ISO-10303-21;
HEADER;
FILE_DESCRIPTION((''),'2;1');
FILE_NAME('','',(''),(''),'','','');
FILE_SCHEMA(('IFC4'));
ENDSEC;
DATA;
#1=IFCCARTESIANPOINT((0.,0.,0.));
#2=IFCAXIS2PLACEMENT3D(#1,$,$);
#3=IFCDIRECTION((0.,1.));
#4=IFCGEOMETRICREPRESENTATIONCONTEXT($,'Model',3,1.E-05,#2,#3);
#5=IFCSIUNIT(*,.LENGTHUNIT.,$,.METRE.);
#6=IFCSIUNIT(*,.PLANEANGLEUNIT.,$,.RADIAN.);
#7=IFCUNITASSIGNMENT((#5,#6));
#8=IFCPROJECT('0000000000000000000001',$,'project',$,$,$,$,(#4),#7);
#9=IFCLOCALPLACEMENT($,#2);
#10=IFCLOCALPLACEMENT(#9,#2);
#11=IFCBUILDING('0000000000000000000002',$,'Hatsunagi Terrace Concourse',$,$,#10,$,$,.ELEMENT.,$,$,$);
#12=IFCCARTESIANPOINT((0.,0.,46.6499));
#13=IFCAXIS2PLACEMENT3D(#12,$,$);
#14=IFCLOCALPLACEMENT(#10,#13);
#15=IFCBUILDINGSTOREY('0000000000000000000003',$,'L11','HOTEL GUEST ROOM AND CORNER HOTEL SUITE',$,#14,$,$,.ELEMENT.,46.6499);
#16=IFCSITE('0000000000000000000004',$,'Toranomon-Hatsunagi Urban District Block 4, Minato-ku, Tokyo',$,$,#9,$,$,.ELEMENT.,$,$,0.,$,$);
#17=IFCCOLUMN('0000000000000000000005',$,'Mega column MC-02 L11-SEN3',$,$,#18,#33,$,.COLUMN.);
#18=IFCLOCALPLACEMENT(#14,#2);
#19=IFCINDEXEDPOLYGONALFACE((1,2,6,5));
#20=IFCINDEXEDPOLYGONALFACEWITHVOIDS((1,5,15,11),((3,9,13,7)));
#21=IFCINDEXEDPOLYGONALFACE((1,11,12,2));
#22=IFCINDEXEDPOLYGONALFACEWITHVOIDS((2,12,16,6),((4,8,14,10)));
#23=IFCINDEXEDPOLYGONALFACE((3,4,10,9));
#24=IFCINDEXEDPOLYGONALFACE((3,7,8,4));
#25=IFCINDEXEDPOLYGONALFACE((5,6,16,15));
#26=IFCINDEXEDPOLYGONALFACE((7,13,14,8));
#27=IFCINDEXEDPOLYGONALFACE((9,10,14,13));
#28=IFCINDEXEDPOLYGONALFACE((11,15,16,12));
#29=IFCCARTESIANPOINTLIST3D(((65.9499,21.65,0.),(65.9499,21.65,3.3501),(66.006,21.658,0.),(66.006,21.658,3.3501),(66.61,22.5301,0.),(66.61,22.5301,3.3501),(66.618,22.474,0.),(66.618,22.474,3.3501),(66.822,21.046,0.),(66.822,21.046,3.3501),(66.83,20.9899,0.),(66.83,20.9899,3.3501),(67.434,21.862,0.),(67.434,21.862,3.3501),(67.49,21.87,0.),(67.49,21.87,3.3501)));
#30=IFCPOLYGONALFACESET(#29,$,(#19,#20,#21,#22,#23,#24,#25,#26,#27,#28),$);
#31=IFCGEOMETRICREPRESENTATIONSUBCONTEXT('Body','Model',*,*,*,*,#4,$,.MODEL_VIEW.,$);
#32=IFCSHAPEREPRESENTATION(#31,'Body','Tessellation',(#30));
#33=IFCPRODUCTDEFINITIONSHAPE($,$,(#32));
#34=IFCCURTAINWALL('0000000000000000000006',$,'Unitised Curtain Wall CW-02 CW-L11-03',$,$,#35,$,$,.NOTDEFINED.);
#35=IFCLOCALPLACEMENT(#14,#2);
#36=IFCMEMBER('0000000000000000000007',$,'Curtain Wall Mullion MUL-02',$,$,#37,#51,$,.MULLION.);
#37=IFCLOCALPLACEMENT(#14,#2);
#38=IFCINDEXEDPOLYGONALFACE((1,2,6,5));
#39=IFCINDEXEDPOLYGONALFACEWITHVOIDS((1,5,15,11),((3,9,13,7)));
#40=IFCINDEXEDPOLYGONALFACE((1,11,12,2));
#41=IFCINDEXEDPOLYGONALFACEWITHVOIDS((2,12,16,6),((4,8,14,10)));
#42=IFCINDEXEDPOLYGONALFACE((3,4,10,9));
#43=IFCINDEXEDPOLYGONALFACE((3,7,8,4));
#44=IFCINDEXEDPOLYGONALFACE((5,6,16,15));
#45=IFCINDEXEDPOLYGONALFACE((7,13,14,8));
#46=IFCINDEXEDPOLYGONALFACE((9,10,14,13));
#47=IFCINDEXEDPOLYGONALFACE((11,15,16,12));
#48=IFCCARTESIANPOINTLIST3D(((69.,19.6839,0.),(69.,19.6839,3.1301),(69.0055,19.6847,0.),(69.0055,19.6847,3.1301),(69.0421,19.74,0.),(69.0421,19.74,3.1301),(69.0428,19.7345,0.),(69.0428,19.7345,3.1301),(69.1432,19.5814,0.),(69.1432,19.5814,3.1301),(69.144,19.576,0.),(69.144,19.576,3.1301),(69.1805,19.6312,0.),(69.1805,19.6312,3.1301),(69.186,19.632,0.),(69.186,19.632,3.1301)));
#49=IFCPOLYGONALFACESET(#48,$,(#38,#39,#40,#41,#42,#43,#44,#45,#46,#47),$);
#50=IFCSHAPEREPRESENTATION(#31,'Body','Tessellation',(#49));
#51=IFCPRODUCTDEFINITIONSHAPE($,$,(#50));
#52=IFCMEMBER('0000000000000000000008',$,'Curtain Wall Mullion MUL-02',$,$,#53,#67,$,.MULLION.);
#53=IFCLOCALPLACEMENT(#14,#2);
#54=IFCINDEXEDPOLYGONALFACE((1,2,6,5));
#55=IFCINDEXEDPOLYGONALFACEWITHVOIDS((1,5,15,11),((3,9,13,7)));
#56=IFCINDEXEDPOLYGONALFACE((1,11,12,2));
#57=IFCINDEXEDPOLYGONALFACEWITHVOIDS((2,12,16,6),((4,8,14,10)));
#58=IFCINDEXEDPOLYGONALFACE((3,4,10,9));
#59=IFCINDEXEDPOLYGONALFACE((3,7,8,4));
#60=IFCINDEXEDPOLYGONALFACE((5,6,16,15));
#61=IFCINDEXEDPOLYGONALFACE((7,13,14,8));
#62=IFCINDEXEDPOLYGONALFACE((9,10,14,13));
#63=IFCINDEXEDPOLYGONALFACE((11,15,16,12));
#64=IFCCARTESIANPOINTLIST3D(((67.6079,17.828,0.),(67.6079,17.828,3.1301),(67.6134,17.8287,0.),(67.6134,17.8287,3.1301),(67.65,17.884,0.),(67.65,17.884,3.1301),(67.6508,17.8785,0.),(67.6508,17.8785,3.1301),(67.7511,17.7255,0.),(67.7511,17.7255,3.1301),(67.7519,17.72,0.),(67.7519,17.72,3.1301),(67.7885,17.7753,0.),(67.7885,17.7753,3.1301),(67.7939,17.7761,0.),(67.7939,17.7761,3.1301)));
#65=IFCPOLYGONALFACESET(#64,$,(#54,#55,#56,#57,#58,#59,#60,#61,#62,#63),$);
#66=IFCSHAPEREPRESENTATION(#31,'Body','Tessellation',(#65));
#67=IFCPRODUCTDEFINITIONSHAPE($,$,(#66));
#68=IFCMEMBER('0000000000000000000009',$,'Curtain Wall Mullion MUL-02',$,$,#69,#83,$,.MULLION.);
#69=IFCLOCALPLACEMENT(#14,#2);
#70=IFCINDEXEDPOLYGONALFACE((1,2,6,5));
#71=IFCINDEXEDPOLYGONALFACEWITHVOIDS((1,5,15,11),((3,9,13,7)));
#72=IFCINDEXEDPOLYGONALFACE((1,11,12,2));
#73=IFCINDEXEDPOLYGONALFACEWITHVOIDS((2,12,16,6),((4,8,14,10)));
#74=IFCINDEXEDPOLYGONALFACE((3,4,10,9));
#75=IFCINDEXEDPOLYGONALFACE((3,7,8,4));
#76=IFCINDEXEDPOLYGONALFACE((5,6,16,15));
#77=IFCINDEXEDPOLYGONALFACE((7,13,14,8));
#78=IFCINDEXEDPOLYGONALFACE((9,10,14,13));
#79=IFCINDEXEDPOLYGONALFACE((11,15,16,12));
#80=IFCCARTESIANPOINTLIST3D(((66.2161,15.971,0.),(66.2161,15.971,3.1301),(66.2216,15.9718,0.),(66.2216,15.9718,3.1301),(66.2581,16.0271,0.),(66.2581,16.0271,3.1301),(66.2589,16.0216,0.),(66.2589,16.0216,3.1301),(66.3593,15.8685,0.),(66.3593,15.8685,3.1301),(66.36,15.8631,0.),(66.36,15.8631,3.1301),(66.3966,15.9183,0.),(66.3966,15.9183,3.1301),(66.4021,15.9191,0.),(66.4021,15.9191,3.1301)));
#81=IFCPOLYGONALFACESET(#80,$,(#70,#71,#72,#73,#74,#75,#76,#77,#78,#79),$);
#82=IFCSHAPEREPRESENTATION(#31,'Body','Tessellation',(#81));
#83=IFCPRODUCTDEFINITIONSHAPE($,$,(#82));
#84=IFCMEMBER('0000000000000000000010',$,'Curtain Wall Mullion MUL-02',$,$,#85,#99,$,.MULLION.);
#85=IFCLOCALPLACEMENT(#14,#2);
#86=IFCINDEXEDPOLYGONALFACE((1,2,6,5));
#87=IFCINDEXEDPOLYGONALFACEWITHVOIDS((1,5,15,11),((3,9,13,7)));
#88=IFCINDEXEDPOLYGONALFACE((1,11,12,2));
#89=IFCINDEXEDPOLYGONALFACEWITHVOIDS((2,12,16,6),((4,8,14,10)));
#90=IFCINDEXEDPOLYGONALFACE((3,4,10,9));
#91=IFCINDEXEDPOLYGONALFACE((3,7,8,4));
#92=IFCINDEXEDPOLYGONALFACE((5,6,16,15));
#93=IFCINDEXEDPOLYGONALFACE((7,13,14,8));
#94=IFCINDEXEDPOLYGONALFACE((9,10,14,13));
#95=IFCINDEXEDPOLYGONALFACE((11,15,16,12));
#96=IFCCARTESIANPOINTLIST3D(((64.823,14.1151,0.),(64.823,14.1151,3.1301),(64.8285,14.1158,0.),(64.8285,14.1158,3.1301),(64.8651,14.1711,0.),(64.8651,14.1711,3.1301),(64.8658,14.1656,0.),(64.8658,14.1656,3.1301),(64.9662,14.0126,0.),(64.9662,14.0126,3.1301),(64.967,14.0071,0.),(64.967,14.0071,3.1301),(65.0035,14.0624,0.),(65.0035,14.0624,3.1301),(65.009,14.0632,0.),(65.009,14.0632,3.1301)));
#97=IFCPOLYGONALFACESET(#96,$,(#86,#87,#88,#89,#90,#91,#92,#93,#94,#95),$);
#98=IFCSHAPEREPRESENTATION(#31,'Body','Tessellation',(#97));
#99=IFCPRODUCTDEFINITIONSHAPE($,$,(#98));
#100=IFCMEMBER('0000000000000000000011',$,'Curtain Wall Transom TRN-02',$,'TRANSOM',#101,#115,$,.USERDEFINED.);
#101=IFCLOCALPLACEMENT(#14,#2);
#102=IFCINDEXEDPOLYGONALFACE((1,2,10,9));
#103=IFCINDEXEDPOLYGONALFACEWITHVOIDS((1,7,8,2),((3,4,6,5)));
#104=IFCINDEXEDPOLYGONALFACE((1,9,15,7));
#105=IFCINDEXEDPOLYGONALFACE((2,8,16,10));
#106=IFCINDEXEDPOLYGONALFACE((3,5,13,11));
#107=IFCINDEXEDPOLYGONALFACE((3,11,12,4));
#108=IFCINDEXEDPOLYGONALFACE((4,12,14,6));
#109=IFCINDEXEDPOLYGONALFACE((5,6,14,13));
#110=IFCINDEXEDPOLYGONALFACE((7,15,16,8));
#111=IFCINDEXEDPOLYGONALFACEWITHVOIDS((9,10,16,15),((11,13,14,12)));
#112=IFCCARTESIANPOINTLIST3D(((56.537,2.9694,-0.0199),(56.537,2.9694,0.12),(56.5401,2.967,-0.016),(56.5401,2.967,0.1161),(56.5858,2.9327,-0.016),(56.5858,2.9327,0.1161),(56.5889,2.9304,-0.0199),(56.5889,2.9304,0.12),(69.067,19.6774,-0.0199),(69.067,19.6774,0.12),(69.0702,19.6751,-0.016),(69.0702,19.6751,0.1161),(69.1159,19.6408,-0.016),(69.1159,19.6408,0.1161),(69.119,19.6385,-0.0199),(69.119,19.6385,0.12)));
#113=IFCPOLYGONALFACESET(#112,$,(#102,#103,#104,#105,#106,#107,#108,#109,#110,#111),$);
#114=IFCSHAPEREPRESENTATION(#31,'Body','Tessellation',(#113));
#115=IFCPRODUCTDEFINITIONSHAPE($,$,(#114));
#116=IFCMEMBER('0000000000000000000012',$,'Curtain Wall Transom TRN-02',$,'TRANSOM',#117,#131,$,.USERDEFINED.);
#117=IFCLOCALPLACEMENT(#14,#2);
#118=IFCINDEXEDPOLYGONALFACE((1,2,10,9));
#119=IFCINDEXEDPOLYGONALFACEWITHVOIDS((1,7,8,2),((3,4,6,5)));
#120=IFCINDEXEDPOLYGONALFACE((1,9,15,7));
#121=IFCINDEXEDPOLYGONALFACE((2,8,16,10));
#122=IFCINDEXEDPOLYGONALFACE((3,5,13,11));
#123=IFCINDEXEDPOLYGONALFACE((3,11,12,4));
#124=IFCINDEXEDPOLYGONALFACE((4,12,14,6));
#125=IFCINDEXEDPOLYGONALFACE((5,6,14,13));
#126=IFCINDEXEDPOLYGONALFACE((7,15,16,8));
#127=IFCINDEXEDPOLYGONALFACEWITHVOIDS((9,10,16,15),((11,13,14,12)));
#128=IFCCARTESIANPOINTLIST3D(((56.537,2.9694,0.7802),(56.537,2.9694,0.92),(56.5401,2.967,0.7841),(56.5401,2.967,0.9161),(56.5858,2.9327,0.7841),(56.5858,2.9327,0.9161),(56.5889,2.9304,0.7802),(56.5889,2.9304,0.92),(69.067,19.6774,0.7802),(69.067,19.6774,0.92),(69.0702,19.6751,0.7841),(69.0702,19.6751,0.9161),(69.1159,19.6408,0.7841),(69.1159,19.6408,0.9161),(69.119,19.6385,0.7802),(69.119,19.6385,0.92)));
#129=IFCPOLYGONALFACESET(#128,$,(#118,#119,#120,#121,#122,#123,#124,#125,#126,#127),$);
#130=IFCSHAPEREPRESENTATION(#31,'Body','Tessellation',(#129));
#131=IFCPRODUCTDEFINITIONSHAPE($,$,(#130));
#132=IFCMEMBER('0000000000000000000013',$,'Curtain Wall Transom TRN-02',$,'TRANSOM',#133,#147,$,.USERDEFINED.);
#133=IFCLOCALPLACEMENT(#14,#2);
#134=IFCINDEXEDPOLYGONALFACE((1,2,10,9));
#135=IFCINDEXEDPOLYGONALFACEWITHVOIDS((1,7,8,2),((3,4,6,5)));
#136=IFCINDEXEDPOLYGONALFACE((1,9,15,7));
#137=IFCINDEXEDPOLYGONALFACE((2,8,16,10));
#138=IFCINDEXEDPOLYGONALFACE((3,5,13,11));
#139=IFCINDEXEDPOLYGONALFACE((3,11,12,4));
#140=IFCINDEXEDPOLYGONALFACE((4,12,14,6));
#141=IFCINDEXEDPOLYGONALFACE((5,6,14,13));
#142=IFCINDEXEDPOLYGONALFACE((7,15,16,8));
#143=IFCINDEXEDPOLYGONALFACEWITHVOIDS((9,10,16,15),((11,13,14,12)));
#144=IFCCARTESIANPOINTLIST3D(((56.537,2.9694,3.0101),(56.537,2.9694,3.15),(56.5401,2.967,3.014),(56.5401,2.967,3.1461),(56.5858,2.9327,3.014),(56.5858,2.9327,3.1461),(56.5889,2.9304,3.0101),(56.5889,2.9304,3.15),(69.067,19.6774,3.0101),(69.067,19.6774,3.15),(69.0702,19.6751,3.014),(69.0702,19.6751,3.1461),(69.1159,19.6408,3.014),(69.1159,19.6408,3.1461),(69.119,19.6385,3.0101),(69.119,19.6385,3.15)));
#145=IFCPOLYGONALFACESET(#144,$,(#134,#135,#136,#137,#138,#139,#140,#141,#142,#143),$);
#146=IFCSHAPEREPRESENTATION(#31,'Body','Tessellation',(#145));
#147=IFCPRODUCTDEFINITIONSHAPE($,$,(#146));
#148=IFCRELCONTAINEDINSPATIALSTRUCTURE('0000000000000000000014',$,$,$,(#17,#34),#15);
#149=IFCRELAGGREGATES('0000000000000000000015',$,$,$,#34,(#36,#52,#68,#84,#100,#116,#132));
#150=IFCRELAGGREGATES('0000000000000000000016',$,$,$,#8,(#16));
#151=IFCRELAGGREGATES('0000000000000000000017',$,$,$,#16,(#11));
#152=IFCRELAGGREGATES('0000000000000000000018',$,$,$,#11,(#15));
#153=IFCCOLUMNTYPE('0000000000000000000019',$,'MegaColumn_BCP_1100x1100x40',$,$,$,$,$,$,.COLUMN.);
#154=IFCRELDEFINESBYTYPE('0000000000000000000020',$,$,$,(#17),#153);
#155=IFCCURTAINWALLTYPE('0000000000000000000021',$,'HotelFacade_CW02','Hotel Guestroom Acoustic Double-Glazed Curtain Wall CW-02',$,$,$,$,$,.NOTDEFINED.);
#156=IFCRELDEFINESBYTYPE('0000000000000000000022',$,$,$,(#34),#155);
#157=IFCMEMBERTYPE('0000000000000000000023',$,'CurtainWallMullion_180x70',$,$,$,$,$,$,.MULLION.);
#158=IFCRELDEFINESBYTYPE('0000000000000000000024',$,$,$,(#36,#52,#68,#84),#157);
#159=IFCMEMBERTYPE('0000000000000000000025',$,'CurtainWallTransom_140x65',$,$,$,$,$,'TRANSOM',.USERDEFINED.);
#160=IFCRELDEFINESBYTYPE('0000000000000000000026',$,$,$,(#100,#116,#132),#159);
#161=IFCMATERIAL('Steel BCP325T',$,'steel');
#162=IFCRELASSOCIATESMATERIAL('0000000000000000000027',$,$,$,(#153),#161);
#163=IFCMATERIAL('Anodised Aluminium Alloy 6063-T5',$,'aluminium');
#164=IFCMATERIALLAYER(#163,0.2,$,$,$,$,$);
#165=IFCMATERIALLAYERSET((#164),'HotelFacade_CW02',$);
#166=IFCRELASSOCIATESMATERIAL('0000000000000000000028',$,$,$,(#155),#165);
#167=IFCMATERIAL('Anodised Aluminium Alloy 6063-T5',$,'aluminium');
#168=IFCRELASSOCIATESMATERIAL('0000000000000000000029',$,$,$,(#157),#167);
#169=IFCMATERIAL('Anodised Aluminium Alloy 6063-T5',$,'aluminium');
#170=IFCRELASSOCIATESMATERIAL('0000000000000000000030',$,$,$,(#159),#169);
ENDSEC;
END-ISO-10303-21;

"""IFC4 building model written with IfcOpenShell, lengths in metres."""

from ifc_helpers import new_model, si_unit, direction, frame, origin, origin_2d, place, context, subcontext, project, spatial, hollow_rectangle, extrude, material, layer, layer_set, material_profile, profile_set, type_object, element, aggregate, save


model = new_model("IFC4")

# Units and contexts
model_context = context("Model", 3, precision=1e-05, world=origin(), true_north=direction((0.0, 1.0)))
body_context = subcontext(model_context, "Body", "Model", "MODEL_VIEW")
ifc_project = project(units=[si_unit("LENGTHUNIT", "METRE"), si_unit("PLANEANGLEUNIT", "RADIAN")], contexts=[model_context])

# Site, building, storey
site_placement = place(None, origin())
site = spatial("IfcSite", under=ifc_project, at=site_placement, Name="Toranomon-Hatsunagi Urban District Block 4, Minato-ku, Tokyo", CompositionType="ELEMENT", RefElevation=0.0)
building_placement = place(site_placement, origin())
building = spatial("IfcBuilding", under=site, at=building_placement, Name="Hatsunagi Terrace Concourse", CompositionType="ELEMENT")
storey_placement = place(building_placement, frame((0.0, 0.0, 46.6499)))
storey = spatial("IfcBuildingStorey", under=building, at=storey_placement, Name="L11", Description="HOTEL GUEST ROOM AND CORNER HOTEL SUITE", CompositionType="ELEMENT", Elevation=46.6499)

# Column
ifc_material_1 = material(Name="Steel BCP325T", Category="steel")
ifc_material_profile_1 = material_profile(ifc_material_1, hollow_rectangle(XDim=1.1001, YDim=1.1001, WallThickness=0.04, at=origin_2d()), Name="BCP-1100x1100x40")
ifc_profile_set_1 = profile_set([ifc_material_profile_1], Name="Steel BCP325T")
column_type = type_object("IfcColumnType", Name="MegaColumn_BCP_1100x1100x40", PredefinedType="COLUMN", material=ifc_profile_set_1)
column_placement = place(storey_placement, frame((66.72, 21.76, 0.0), z_axis=(0.0, 0.0, 1.0), x_axis=(0.8, -0.6, 0.0)))
element("IfcColumn", 1, at=column_placement, inside=storey, type_object=column_type, Name="Mega column MC-02 L11-SEN3", PredefinedType="COLUMN", context=body_context, shape_type="SweptSolid", body=[
    extrude(hollow_rectangle(XDim=1.1001, YDim=1.1001, WallThickness=0.04, at=origin_2d()), origin(), (0.0, 0.0, 1.0), 3.3501),
])

# Curtain wall, members
ifc_material_2 = material(Name="Anodised Aluminium Alloy 6063-T5", Category="aluminium")
ifc_layer_1 = layer(ifc_material_2, 0.2)
ifc_layer_set_1 = layer_set([ifc_layer_1], Name="HotelFacade_CW02")
curtain_wall_type = type_object("IfcCurtainWallType", Name="HotelFacade_CW02", Description="Hotel Guestroom Acoustic Double-Glazed Curtain Wall CW-02", PredefinedType="NOTDEFINED", material=ifc_layer_set_1)
curtain_wall_placement = place(storey_placement, origin())
curtain_wall = element("IfcCurtainWall", 2, at=curtain_wall_placement, inside=storey, type_object=curtain_wall_type, Name="Unitised Curtain Wall CW-02 CW-L11-03", PredefinedType="NOTDEFINED")
ifc_material_3 = material(Name="Anodised Aluminium Alloy 6063-T5", Category="aluminium")
ifc_material_profile_2 = material_profile(ifc_material_3, hollow_rectangle(XDim=0.0701, YDim=0.1799, WallThickness=0.0039, at=origin_2d()), Name="ALU-MUL-180x70x4")
ifc_profile_set_2 = profile_set([ifc_material_profile_2], Name="Anodised Aluminium Alloy 6063-T5")
member_type_1 = type_object("IfcMemberType", Name="CurtainWallMullion_180x70", PredefinedType="MULLION", material=ifc_profile_set_2)
member_1_placement = place(storey_placement, frame((69.093, 19.658, 0.0), z_axis=(0.0, 0.0, 1.0), x_axis=(-0.599969, -0.800023, 0.0)))
member_1 = element("IfcMember", 3, at=member_1_placement, type_object=member_type_1, Name="Curtain Wall Mullion MUL-02", PredefinedType="MULLION", context=body_context, shape_type="SweptSolid", body=[
    extrude(hollow_rectangle(XDim=0.0701, YDim=0.1799, WallThickness=0.0039, at=origin_2d()), origin(), (0.0, 0.0, 1.0), 3.1301),
])
member_2_placement = place(storey_placement, frame((67.7009, 17.802, 0.0), z_axis=(0.0, 0.0, 1.0), x_axis=(-0.599969, -0.800023, 0.0)))
member_2 = element("IfcMember", 4, at=member_2_placement, type_object=member_type_1, Name="Curtain Wall Mullion MUL-02", PredefinedType="MULLION", context=body_context, shape_type="SweptSolid", body=[
    extrude(hollow_rectangle(XDim=0.0701, YDim=0.1799, WallThickness=0.0039, at=origin_2d()), origin(), (0.0, 0.0, 1.0), 3.1301),
])
member_3_placement = place(storey_placement, frame((66.3091, 15.9451, 0.0), z_axis=(0.0, 0.0, 1.0), x_axis=(-0.599969, -0.800023, 0.0)))
member_3 = element("IfcMember", 5, at=member_3_placement, type_object=member_type_1, Name="Curtain Wall Mullion MUL-02", PredefinedType="MULLION", context=body_context, shape_type="SweptSolid", body=[
    extrude(hollow_rectangle(XDim=0.0701, YDim=0.1799, WallThickness=0.0039, at=origin_2d()), origin(), (0.0, 0.0, 1.0), 3.1301),
])
member_4_placement = place(storey_placement, frame((64.916, 14.0891, 0.0), z_axis=(0.0, 0.0, 1.0), x_axis=(-0.599969, -0.800023, 0.0)))
member_4 = element("IfcMember", 6, at=member_4_placement, type_object=member_type_1, Name="Curtain Wall Mullion MUL-02", PredefinedType="MULLION", context=body_context, shape_type="SweptSolid", body=[
    extrude(hollow_rectangle(XDim=0.0701, YDim=0.1799, WallThickness=0.0039, at=origin_2d()), origin(), (0.0, 0.0, 1.0), 3.1301),
])
ifc_material_4 = material(Name="Anodised Aluminium Alloy 6063-T5", Category="aluminium")
ifc_material_profile_3 = material_profile(ifc_material_4, hollow_rectangle(XDim=0.0649, YDim=0.1399, WallThickness=0.0039, at=origin_2d()), Name="ALU-TRN-140x65x4")
ifc_profile_set_3 = profile_set([ifc_material_profile_3], Name="Anodised Aluminium Alloy 6063-T5")
member_type_2 = type_object("IfcMemberType", Name="CurtainWallTransom_140x65", ElementType="TRANSOM", PredefinedType="USERDEFINED", material=ifc_profile_set_3)
member_5_placement = place(storey_placement, frame((69.093, 19.658, 0.05), z_axis=(-0.59997, -0.800022, 0.0), x_axis=(0.800022, -0.59997, 0.0)))
member_5 = element("IfcMember", 7, at=member_5_placement, type_object=member_type_2, Name="Curtain Wall Transom TRN-02", ObjectType="TRANSOM", PredefinedType="USERDEFINED", context=body_context, shape_type="SweptSolid", body=[
    extrude(hollow_rectangle(XDim=0.0649, YDim=0.1399, WallThickness=0.0039, at=origin_2d()), origin(), (0.0, 0.0, 1.0), 20.8845),
])
member_6_placement = place(storey_placement, frame((69.093, 19.658, 0.8501), z_axis=(-0.59997, -0.800022, 0.0), x_axis=(0.800022, -0.59997, 0.0)))
member_6 = element("IfcMember", 8, at=member_6_placement, type_object=member_type_2, Name="Curtain Wall Transom TRN-02", ObjectType="TRANSOM", PredefinedType="USERDEFINED", context=body_context, shape_type="SweptSolid", body=[
    extrude(hollow_rectangle(XDim=0.0649, YDim=0.1399, WallThickness=0.0039, at=origin_2d()), origin(), (0.0, 0.0, 1.0), 20.8845),
])
member_7_placement = place(storey_placement, frame((69.093, 19.658, 3.0801), z_axis=(-0.59997, -0.800022, 0.0), x_axis=(0.800022, -0.59997, 0.0)))
member_7 = element("IfcMember", 9, at=member_7_placement, type_object=member_type_2, Name="Curtain Wall Transom TRN-02", ObjectType="TRANSOM", PredefinedType="USERDEFINED", context=body_context, shape_type="SweptSolid", body=[
    extrude(hollow_rectangle(XDim=0.0649, YDim=0.1399, WallThickness=0.0039, at=origin_2d()), origin(), (0.0, 0.0, 1.0), 20.8845),
])

aggregate(curtain_wall, [member_1, member_2, member_3, member_4, member_5, member_6, member_7])

save(model, "model.ifc")
